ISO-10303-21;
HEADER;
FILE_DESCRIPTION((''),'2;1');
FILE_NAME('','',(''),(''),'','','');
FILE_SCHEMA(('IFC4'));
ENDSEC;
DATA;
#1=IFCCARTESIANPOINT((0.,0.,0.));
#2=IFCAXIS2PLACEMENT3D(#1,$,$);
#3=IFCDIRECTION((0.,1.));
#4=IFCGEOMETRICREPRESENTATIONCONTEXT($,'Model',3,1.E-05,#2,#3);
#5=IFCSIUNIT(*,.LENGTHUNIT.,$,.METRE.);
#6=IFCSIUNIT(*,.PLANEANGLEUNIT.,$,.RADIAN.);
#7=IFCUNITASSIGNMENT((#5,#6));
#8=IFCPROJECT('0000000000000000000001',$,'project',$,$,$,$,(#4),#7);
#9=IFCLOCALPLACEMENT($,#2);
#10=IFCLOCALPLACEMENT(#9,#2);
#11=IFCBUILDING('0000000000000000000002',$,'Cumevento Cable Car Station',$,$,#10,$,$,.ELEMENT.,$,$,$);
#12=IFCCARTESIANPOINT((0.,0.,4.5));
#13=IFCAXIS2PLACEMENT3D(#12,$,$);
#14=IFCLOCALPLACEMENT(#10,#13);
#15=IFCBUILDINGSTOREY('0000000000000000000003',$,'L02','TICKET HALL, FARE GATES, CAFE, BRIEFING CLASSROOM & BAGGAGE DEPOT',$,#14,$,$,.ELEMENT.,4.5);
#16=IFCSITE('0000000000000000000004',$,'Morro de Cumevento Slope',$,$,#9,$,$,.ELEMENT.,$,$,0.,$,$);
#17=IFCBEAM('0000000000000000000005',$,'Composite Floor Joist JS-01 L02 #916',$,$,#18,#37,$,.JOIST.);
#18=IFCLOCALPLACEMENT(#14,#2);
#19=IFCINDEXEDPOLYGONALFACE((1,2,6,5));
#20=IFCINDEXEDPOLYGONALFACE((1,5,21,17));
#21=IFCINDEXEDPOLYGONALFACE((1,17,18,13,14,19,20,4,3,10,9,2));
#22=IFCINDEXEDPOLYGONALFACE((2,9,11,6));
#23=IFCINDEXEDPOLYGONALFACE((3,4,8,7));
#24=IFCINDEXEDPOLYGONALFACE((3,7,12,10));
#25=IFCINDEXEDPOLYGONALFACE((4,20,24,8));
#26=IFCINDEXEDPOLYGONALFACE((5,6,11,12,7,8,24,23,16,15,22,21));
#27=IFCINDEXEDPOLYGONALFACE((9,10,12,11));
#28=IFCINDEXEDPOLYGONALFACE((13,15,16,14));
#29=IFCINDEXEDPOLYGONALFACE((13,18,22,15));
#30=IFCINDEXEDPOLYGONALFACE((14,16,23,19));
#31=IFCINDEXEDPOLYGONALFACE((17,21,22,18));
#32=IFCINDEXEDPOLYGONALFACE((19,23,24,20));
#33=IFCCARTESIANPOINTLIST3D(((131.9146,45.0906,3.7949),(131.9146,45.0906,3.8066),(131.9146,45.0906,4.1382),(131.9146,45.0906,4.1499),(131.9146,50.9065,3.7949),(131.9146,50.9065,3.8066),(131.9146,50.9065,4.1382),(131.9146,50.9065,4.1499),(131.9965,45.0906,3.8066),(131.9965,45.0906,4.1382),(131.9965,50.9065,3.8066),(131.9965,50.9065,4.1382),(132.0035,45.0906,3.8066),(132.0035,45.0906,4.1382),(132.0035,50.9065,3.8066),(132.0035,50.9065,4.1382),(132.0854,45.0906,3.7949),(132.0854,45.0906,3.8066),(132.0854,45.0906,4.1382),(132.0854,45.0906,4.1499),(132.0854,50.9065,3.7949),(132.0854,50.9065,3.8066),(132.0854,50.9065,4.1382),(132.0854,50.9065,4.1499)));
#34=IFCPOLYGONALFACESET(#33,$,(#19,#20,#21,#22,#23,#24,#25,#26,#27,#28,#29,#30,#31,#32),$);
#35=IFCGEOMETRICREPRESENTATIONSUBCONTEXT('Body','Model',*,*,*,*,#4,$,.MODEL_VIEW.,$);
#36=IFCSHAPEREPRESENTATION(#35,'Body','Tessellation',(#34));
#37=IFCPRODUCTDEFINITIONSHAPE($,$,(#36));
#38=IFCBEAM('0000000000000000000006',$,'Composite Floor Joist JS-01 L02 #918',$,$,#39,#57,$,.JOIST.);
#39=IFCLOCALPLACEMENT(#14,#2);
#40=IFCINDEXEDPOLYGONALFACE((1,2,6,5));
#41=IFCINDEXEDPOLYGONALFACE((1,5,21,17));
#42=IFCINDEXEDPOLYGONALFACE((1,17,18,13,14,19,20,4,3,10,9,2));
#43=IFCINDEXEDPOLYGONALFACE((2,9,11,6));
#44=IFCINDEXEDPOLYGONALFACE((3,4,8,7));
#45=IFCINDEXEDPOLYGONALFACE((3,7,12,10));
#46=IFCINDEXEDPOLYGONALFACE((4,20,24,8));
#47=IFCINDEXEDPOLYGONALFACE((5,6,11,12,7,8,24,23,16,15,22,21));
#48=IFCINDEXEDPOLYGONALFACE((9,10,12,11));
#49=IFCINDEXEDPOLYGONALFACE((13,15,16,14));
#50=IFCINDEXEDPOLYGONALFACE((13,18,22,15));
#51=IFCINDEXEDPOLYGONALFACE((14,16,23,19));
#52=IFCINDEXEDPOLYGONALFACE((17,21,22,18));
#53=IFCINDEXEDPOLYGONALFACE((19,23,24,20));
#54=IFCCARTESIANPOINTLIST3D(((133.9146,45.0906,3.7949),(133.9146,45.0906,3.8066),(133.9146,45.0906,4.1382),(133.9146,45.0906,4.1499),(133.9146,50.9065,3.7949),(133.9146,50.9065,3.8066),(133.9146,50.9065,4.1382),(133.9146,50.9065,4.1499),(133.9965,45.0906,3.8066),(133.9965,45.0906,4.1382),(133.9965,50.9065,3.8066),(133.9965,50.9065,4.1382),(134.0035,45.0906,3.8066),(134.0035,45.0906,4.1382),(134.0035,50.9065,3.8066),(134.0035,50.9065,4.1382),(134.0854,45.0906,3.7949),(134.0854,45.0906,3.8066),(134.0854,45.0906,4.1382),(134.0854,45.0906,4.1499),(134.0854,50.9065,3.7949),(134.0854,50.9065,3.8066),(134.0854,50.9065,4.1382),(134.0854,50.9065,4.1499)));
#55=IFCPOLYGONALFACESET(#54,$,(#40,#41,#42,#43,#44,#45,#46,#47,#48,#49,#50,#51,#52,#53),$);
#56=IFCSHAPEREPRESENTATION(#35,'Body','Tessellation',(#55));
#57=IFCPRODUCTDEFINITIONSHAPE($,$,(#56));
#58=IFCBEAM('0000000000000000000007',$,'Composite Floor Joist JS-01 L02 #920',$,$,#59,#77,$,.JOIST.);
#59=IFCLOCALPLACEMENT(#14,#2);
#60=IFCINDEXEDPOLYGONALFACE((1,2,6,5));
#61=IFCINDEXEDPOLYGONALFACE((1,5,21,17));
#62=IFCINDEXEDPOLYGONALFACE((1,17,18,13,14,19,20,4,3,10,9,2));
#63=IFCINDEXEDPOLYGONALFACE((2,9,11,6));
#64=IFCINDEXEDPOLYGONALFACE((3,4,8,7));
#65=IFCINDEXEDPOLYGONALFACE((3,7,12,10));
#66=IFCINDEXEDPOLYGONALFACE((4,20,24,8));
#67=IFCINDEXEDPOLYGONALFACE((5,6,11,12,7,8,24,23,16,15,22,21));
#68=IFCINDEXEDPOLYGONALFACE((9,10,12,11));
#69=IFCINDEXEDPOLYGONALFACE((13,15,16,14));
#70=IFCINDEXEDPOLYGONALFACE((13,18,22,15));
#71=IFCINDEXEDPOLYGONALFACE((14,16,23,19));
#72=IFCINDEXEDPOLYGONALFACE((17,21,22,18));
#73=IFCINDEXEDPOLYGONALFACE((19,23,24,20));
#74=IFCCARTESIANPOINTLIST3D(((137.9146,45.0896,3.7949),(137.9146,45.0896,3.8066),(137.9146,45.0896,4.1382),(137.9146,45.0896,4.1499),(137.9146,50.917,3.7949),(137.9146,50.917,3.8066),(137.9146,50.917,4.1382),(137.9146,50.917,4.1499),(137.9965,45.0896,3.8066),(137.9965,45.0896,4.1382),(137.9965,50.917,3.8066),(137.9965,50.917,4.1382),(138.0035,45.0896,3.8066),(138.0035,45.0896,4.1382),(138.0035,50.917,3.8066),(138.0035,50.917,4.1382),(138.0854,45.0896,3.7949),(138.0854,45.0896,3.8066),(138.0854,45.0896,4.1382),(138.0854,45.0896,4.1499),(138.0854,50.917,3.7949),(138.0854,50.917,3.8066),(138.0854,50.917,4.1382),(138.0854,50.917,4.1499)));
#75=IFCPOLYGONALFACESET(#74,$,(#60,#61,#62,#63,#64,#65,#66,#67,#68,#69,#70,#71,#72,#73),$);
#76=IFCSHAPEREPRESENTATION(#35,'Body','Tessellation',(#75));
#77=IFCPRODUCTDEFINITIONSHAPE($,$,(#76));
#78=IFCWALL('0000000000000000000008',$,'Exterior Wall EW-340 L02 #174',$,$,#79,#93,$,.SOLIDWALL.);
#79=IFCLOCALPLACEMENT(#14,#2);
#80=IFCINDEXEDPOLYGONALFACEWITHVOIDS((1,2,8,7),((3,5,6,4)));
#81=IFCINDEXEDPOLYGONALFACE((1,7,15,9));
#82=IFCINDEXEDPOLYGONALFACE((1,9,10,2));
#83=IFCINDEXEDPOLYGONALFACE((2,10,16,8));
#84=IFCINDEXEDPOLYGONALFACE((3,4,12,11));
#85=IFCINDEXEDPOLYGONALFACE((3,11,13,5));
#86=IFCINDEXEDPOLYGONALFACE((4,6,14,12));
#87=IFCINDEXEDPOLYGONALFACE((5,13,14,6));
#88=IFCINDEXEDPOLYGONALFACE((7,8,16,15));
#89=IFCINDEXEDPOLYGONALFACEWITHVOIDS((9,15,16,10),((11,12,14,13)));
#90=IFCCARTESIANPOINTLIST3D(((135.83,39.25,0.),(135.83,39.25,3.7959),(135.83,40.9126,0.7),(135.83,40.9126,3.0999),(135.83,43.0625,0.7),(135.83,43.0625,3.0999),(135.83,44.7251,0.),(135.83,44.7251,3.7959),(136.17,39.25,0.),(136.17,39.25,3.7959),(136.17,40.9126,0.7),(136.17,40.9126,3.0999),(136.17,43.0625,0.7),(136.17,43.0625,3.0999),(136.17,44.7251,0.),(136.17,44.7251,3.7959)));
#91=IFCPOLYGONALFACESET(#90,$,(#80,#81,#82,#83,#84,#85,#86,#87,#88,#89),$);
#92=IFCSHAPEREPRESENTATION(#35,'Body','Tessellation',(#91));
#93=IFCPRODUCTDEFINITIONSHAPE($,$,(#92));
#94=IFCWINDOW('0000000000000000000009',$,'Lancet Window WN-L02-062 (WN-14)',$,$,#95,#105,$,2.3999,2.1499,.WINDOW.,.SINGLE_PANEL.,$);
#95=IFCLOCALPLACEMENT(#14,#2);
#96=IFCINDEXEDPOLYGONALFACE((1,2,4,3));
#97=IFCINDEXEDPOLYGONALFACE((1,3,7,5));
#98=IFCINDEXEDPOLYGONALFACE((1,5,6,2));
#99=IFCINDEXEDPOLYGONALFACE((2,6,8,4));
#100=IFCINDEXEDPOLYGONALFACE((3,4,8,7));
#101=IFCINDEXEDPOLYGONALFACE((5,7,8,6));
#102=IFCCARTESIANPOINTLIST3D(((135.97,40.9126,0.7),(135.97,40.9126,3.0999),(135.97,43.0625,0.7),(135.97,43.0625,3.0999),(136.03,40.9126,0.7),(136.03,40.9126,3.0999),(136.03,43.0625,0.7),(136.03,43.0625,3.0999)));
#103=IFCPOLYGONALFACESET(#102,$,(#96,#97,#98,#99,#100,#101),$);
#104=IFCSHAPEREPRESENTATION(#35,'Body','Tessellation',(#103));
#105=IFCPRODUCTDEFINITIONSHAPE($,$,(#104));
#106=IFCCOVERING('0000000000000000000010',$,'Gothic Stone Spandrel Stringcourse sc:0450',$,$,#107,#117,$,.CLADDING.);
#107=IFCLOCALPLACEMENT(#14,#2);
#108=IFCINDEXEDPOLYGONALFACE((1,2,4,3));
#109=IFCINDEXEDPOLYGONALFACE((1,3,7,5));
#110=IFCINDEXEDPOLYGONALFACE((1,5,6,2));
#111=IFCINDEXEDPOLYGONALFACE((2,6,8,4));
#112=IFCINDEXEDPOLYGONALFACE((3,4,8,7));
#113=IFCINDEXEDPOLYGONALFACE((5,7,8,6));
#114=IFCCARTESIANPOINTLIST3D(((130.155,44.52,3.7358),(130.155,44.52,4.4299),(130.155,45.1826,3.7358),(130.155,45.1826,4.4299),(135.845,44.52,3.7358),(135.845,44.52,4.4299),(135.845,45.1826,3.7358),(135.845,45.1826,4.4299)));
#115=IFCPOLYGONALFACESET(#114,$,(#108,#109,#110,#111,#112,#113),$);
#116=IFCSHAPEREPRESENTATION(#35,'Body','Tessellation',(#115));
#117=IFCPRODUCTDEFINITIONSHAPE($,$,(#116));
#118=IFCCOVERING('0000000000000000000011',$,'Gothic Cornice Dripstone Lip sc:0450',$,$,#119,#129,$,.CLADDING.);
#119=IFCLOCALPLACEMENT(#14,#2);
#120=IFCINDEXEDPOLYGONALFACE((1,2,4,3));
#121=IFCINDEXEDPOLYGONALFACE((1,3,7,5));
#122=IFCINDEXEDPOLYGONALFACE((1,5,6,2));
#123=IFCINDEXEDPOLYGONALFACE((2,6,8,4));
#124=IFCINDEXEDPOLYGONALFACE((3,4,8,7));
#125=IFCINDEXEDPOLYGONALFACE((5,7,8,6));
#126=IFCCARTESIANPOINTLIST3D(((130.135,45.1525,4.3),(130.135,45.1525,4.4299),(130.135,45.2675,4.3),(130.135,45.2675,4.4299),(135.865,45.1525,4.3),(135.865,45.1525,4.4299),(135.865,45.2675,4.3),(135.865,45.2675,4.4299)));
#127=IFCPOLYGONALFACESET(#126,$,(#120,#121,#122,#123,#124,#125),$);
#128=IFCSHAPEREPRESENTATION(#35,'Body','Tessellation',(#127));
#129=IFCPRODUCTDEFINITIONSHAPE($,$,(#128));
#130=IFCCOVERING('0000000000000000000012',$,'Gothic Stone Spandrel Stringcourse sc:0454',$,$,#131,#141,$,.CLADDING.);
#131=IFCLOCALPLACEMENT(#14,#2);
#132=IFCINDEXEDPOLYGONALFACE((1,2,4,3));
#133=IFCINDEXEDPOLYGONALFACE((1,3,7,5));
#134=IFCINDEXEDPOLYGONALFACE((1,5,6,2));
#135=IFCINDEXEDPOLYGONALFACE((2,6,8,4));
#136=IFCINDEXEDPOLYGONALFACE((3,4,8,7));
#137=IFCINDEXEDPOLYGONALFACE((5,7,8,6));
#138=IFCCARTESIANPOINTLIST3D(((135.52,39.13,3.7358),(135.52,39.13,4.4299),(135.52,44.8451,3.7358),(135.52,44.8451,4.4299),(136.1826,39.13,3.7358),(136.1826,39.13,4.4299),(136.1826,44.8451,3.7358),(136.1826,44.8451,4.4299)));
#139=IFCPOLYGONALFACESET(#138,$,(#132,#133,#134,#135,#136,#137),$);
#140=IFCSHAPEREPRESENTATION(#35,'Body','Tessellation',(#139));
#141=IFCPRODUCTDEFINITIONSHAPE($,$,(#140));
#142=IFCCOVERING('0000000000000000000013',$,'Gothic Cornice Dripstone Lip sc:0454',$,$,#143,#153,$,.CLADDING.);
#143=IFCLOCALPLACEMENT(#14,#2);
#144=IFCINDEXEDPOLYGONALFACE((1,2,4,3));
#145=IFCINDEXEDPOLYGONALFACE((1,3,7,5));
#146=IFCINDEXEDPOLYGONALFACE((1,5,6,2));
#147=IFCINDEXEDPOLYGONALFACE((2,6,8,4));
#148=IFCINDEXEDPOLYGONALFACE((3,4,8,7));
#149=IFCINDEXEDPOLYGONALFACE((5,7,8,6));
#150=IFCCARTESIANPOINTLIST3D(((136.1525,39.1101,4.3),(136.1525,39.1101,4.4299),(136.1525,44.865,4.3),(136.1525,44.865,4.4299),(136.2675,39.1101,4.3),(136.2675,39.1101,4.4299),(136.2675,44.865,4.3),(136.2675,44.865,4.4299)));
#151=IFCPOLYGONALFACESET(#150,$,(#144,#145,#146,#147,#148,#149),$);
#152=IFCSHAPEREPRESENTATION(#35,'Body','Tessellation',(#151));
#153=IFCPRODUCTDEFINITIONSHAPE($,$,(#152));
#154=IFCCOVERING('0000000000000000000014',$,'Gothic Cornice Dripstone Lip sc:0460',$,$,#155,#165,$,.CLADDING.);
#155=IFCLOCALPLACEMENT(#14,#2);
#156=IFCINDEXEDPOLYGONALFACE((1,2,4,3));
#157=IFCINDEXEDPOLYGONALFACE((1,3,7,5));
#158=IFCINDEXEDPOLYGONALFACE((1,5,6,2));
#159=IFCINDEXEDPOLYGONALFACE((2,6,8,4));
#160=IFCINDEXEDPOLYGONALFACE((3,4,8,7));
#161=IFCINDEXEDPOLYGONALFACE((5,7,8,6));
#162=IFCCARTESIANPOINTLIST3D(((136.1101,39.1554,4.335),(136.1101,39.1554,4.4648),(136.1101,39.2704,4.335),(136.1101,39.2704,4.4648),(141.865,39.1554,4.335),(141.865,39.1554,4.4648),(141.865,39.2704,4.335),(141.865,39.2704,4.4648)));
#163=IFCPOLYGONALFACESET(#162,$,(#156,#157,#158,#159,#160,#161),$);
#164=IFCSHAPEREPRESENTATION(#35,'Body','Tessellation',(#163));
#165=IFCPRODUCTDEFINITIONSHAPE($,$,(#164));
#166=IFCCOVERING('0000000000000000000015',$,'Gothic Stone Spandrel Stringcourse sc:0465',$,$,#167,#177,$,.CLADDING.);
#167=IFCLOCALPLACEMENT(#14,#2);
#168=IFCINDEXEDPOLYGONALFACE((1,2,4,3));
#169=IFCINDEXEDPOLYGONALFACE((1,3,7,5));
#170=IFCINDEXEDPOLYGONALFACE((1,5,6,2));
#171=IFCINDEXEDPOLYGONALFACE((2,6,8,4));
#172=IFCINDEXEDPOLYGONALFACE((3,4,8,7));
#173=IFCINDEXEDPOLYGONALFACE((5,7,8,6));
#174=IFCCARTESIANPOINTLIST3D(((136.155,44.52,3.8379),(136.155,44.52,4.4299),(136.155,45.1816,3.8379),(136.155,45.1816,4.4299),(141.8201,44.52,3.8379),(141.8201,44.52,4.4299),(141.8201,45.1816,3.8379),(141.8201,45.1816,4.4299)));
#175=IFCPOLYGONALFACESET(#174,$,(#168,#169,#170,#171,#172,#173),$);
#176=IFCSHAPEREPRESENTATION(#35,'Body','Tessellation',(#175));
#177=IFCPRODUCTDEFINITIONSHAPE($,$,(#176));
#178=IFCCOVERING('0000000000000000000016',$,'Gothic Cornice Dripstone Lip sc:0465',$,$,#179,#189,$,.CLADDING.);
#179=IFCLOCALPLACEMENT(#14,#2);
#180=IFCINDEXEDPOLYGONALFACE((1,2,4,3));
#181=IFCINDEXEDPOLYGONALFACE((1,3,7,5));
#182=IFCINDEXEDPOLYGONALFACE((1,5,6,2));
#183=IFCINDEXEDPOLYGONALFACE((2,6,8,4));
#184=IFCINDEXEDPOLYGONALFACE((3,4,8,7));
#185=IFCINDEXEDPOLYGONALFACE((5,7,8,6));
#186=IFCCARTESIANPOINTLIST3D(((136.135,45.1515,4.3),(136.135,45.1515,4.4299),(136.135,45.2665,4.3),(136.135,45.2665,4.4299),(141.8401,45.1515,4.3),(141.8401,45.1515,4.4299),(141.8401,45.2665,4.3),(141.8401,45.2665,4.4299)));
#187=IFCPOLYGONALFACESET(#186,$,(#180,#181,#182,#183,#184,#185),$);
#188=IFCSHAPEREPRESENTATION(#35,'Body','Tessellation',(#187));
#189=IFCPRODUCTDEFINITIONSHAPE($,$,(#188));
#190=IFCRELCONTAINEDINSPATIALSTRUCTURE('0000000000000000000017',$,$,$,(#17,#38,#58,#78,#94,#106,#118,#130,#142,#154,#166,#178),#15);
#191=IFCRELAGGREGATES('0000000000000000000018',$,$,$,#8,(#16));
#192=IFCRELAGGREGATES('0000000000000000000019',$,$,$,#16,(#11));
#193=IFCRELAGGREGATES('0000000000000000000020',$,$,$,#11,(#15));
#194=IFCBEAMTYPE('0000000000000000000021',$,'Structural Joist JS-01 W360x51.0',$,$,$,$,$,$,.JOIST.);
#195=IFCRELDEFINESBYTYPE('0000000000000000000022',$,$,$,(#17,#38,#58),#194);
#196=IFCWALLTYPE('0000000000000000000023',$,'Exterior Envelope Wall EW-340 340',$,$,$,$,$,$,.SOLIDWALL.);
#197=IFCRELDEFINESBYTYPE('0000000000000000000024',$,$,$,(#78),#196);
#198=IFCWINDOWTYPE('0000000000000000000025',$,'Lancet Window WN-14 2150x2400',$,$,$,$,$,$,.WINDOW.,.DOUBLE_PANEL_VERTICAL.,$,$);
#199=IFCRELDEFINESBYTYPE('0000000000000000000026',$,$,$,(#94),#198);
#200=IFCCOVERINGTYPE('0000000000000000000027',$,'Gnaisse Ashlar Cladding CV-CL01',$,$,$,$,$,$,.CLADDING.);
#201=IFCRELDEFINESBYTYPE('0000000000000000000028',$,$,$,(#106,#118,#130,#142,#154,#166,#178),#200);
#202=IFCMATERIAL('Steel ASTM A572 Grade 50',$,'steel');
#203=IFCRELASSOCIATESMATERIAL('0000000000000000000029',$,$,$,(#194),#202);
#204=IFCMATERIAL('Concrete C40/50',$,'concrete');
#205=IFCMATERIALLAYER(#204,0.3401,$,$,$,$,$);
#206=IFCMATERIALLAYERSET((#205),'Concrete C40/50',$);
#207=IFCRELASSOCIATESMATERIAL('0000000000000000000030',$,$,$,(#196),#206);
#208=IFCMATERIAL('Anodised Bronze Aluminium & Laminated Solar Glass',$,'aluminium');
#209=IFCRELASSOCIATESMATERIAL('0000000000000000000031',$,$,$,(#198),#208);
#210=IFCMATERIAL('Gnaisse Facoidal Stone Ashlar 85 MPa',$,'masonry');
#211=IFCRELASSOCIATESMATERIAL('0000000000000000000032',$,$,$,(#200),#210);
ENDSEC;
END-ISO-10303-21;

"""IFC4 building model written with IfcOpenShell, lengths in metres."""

from ifc_helpers import new_model, si_unit, direction, frame, frame_2d, origin, origin_2d, place, context, subcontext, project, spatial, rectangle, i_section, extrude, material, layer, layer_set, material_profile, profile_set, type_object, element, fill, save


model = new_model("IFC4")

# Units and contexts
model_context = context("Model", 3, precision=1e-05, world=origin(), true_north=direction((0.0, 1.0)))
body_context = subcontext(model_context, "Body", "Model", "MODEL_VIEW")
ifc_project = project(units=[si_unit("LENGTHUNIT", "METRE"), si_unit("PLANEANGLEUNIT", "RADIAN")], contexts=[model_context])

# Site, building, storey
site_placement = place(None, origin())
site = spatial("IfcSite", under=ifc_project, at=site_placement, Name="Morro de Cumevento Slope", CompositionType="ELEMENT", RefElevation=0.0)
building_placement = place(site_placement, origin())
building = spatial("IfcBuilding", under=site, at=building_placement, Name="Cumevento Cable Car Station", CompositionType="ELEMENT")
storey_placement = place(building_placement, frame((0.0, 0.0, 4.5)))
storey = spatial("IfcBuildingStorey", under=building, at=storey_placement, Name="L02", Description="TICKET HALL, FARE GATES, CAFE, BRIEFING CLASSROOM & BAGGAGE DEPOT", CompositionType="ELEMENT", Elevation=4.5)

# Beams
ifc_material_1 = material(Name="Steel ASTM A572 Grade 50", Category="steel")
ifc_material_profile_1 = material_profile(ifc_material_1, i_section(OverallWidth=0.1709, OverallDepth=0.355, WebThickness=0.0071, FlangeThickness=0.0117, at=origin_2d()), Name="W360x51.0")
ifc_profile_set_1 = profile_set([ifc_material_profile_1], Name="Steel ASTM A572 Grade 50")
beam_type_1 = type_object("IfcBeamType", Name="Structural Joist JS-01 W360x51.0", PredefinedType="JOIST", material=ifc_profile_set_1)
for number, where, z_axis, x_axis, name in (
    (1, (132.0, 45.0906, 3.9724), (0.0, 1.0, 0.0), (-1.0, 0.0, 0.0), "Composite Floor Joist JS-01 L02 #916"),
    (2, (134.0, 45.0906, 3.9724), (0.0, 1.0, 0.0), (-1.0, 0.0, 0.0), "Composite Floor Joist JS-01 L02 #918"),
):
    element("IfcBeam", number, at=place(storey_placement, frame(where, z_axis=z_axis, x_axis=x_axis)), inside=storey, type_object=beam_type_1, Name=name, PredefinedType="JOIST", context=body_context, shape_type="SweptSolid", body=[
        extrude(i_section(OverallWidth=0.1709, OverallDepth=0.355, WebThickness=0.0071, FlangeThickness=0.0117, at=origin_2d()), origin(), (0.0, 0.0, 1.0), 5.8159),
    ])
beam_1_placement = place(storey_placement, frame((138.0, 45.0896, 3.9724), z_axis=(0.0, 1.0, 0.0), x_axis=(-1.0, 0.0, 0.0)))
element("IfcBeam", 3, at=beam_1_placement, inside=storey, type_object=beam_type_1, Name="Composite Floor Joist JS-01 L02 #920", PredefinedType="JOIST", context=body_context, shape_type="SweptSolid", body=[
    extrude(i_section(OverallWidth=0.1709, OverallDepth=0.355, WebThickness=0.0071, FlangeThickness=0.0117, at=origin_2d()), origin(), (0.0, 0.0, 1.0), 5.8274),
])

# Wall, opening, window
ifc_material_2 = material(Name="Concrete C40/50", Category="concrete")
ifc_layer = layer(ifc_material_2, 0.3401)
ifc_layer_set = layer_set([ifc_layer], Name="Concrete C40/50")
wall_type = type_object("IfcWallType", Name="Exterior Envelope Wall EW-340 340", PredefinedType="SOLIDWALL", material=ifc_layer_set)
wall_placement = place(storey_placement, frame((136.0, 44.7251, 0.0), z_axis=(0.0, 0.0, 1.0), x_axis=(0.0, -1.0, 0.0)))
wall = element("IfcWall", 4, at=wall_placement, inside=storey, type_object=wall_type, Name="Exterior Wall EW-340 L02 #174", PredefinedType="SOLIDWALL", context=body_context, shape_type="SweptSolid", body=[
    extrude(rectangle(XDim=5.4751, YDim=0.3401, at=frame_2d((2.7375, 0.0))), origin(), (0.0, 0.0, 1.0), 3.7959),
])
opening_placement = place(wall_placement, frame((1.6626, 0.0, 0.7)))
opening = element("IfcOpeningElement", 5, at=opening_placement, cuts=wall, PredefinedType="OPENING", context=body_context, shape_type="SweptSolid", body=[
    extrude(rectangle(XDim=2.1499, YDim=2.3999, at=frame_2d((1.075, 1.2))), frame((0.0, 0.1799, 0.0), z_axis=(0.0, -1.0, 0.0), x_axis=(1.0, 0.0, 0.0)), (0.0, 0.0, 1.0), 0.3601),
])
ifc_material_3 = material(Name="Anodised Bronze Aluminium & Laminated Solar Glass", Category="aluminium")
window_type = type_object("IfcWindowType", Name="Lancet Window WN-14 2150x2400", PartitioningType="DOUBLE_PANEL_VERTICAL", PredefinedType="WINDOW", material=ifc_material_3)
window_placement = place(opening_placement, origin())
window = element("IfcWindow", 6, at=window_placement, inside=storey, type_object=window_type, Name="Lancet Window WN-L02-062 (WN-14)", OverallHeight=2.3999, OverallWidth=2.1499, PartitioningType="SINGLE_PANEL", PredefinedType="WINDOW", context=body_context, shape_type="SweptSolid", body=[
    extrude(rectangle(XDim=2.1499, YDim=2.3999, at=frame_2d((1.075, 1.2))), frame((0.0, 0.03, 0.0), z_axis=(0.0, -1.0, 0.0), x_axis=(1.0, 0.0, 0.0)), (0.0, 0.0, 1.0), 0.0601),
])
fill(opening, window)

# Coverings
ifc_material_4 = material(Name="Gnaisse Facoidal Stone Ashlar 85 MPa", Category="masonry")
covering_type = type_object("IfcCoveringType", Name="Gnaisse Ashlar Cladding CV-CL01", PredefinedType="CLADDING", material=ifc_material_4)
covering_1_placement = place(storey_placement, frame((133.0, 44.8513, 3.7358), z_axis=(0.0, 0.0, 1.0), x_axis=(1.0, 0.0, 0.0)))
element("IfcCovering", 7, at=covering_1_placement, inside=storey, type_object=covering_type, Name="Gothic Stone Spandrel Stringcourse sc:0450", PredefinedType="CLADDING", context=body_context, shape_type="SweptSolid", body=[
    extrude(rectangle(XDim=5.6899, YDim=0.6626, at=origin_2d()), origin(), (0.0, 0.0, 1.0), 0.6941),
])
covering_2_placement = place(storey_placement, frame((133.0, 45.21, 4.3), z_axis=(0.0, 0.0, 1.0), x_axis=(1.0, 0.0, 0.0)))
element("IfcCovering", 8, at=covering_2_placement, inside=storey, type_object=covering_type, Name="Gothic Cornice Dripstone Lip sc:0450", PredefinedType="CLADDING", context=body_context, shape_type="SweptSolid", body=[
    extrude(rectangle(XDim=5.73, YDim=0.115, at=origin_2d()), origin(), (0.0, 0.0, 1.0), 0.1299),
])
covering_3_placement = place(storey_placement, frame((135.8513, 41.9875, 3.7358), z_axis=(0.0, 0.0, 1.0), x_axis=(0.0, -1.0, 0.0)))
element("IfcCovering", 9, at=covering_3_placement, inside=storey, type_object=covering_type, Name="Gothic Stone Spandrel Stringcourse sc:0454", PredefinedType="CLADDING", context=body_context, shape_type="SweptSolid", body=[
    extrude(rectangle(XDim=5.7151, YDim=0.6626, at=origin_2d()), origin(), (0.0, 0.0, 1.0), 0.6941),
])
for number, where, z_axis, x_axis, name in (
    (10, (136.21, 41.9875, 4.3), (0.0, 0.0, 1.0), (0.0, -1.0, 0.0), "Gothic Cornice Dripstone Lip sc:0454"),
    (11, (138.9875, 39.2129, 4.335), (0.0, 0.0, 1.0), (1.0, 0.0, 0.0), "Gothic Cornice Dripstone Lip sc:0460"),
):
    element("IfcCovering", number, at=place(storey_placement, frame(where, z_axis=z_axis, x_axis=x_axis)), inside=storey, type_object=covering_type, Name=name, PredefinedType="CLADDING", context=body_context, shape_type="SweptSolid", body=[
        extrude(rectangle(XDim=5.7549, YDim=0.115, at=origin_2d()), origin(), (0.0, 0.0, 1.0), 0.1299),
    ])
covering_4_placement = place(storey_placement, frame((138.9875, 44.8508, 3.8379), z_axis=(0.0, 0.0, 1.0), x_axis=(1.0, 0.0, 0.0)))
element("IfcCovering", 12, at=covering_4_placement, inside=storey, type_object=covering_type, Name="Gothic Stone Spandrel Stringcourse sc:0465", PredefinedType="CLADDING", context=body_context, shape_type="SweptSolid", body=[
    extrude(rectangle(XDim=5.665, YDim=0.6616, at=origin_2d()), origin(), (0.0, 0.0, 1.0), 0.592),
])
covering_5_placement = place(storey_placement, frame((138.9875, 45.209, 4.3), z_axis=(0.0, 0.0, 1.0), x_axis=(1.0, 0.0, 0.0)))
element("IfcCovering", 13, at=covering_5_placement, inside=storey, type_object=covering_type, Name="Gothic Cornice Dripstone Lip sc:0465", PredefinedType="CLADDING", context=body_context, shape_type="SweptSolid", body=[
    extrude(rectangle(XDim=5.7051, YDim=0.115, at=origin_2d()), origin(), (0.0, 0.0, 1.0), 0.1299),
])

save(model, "model.ifc")
